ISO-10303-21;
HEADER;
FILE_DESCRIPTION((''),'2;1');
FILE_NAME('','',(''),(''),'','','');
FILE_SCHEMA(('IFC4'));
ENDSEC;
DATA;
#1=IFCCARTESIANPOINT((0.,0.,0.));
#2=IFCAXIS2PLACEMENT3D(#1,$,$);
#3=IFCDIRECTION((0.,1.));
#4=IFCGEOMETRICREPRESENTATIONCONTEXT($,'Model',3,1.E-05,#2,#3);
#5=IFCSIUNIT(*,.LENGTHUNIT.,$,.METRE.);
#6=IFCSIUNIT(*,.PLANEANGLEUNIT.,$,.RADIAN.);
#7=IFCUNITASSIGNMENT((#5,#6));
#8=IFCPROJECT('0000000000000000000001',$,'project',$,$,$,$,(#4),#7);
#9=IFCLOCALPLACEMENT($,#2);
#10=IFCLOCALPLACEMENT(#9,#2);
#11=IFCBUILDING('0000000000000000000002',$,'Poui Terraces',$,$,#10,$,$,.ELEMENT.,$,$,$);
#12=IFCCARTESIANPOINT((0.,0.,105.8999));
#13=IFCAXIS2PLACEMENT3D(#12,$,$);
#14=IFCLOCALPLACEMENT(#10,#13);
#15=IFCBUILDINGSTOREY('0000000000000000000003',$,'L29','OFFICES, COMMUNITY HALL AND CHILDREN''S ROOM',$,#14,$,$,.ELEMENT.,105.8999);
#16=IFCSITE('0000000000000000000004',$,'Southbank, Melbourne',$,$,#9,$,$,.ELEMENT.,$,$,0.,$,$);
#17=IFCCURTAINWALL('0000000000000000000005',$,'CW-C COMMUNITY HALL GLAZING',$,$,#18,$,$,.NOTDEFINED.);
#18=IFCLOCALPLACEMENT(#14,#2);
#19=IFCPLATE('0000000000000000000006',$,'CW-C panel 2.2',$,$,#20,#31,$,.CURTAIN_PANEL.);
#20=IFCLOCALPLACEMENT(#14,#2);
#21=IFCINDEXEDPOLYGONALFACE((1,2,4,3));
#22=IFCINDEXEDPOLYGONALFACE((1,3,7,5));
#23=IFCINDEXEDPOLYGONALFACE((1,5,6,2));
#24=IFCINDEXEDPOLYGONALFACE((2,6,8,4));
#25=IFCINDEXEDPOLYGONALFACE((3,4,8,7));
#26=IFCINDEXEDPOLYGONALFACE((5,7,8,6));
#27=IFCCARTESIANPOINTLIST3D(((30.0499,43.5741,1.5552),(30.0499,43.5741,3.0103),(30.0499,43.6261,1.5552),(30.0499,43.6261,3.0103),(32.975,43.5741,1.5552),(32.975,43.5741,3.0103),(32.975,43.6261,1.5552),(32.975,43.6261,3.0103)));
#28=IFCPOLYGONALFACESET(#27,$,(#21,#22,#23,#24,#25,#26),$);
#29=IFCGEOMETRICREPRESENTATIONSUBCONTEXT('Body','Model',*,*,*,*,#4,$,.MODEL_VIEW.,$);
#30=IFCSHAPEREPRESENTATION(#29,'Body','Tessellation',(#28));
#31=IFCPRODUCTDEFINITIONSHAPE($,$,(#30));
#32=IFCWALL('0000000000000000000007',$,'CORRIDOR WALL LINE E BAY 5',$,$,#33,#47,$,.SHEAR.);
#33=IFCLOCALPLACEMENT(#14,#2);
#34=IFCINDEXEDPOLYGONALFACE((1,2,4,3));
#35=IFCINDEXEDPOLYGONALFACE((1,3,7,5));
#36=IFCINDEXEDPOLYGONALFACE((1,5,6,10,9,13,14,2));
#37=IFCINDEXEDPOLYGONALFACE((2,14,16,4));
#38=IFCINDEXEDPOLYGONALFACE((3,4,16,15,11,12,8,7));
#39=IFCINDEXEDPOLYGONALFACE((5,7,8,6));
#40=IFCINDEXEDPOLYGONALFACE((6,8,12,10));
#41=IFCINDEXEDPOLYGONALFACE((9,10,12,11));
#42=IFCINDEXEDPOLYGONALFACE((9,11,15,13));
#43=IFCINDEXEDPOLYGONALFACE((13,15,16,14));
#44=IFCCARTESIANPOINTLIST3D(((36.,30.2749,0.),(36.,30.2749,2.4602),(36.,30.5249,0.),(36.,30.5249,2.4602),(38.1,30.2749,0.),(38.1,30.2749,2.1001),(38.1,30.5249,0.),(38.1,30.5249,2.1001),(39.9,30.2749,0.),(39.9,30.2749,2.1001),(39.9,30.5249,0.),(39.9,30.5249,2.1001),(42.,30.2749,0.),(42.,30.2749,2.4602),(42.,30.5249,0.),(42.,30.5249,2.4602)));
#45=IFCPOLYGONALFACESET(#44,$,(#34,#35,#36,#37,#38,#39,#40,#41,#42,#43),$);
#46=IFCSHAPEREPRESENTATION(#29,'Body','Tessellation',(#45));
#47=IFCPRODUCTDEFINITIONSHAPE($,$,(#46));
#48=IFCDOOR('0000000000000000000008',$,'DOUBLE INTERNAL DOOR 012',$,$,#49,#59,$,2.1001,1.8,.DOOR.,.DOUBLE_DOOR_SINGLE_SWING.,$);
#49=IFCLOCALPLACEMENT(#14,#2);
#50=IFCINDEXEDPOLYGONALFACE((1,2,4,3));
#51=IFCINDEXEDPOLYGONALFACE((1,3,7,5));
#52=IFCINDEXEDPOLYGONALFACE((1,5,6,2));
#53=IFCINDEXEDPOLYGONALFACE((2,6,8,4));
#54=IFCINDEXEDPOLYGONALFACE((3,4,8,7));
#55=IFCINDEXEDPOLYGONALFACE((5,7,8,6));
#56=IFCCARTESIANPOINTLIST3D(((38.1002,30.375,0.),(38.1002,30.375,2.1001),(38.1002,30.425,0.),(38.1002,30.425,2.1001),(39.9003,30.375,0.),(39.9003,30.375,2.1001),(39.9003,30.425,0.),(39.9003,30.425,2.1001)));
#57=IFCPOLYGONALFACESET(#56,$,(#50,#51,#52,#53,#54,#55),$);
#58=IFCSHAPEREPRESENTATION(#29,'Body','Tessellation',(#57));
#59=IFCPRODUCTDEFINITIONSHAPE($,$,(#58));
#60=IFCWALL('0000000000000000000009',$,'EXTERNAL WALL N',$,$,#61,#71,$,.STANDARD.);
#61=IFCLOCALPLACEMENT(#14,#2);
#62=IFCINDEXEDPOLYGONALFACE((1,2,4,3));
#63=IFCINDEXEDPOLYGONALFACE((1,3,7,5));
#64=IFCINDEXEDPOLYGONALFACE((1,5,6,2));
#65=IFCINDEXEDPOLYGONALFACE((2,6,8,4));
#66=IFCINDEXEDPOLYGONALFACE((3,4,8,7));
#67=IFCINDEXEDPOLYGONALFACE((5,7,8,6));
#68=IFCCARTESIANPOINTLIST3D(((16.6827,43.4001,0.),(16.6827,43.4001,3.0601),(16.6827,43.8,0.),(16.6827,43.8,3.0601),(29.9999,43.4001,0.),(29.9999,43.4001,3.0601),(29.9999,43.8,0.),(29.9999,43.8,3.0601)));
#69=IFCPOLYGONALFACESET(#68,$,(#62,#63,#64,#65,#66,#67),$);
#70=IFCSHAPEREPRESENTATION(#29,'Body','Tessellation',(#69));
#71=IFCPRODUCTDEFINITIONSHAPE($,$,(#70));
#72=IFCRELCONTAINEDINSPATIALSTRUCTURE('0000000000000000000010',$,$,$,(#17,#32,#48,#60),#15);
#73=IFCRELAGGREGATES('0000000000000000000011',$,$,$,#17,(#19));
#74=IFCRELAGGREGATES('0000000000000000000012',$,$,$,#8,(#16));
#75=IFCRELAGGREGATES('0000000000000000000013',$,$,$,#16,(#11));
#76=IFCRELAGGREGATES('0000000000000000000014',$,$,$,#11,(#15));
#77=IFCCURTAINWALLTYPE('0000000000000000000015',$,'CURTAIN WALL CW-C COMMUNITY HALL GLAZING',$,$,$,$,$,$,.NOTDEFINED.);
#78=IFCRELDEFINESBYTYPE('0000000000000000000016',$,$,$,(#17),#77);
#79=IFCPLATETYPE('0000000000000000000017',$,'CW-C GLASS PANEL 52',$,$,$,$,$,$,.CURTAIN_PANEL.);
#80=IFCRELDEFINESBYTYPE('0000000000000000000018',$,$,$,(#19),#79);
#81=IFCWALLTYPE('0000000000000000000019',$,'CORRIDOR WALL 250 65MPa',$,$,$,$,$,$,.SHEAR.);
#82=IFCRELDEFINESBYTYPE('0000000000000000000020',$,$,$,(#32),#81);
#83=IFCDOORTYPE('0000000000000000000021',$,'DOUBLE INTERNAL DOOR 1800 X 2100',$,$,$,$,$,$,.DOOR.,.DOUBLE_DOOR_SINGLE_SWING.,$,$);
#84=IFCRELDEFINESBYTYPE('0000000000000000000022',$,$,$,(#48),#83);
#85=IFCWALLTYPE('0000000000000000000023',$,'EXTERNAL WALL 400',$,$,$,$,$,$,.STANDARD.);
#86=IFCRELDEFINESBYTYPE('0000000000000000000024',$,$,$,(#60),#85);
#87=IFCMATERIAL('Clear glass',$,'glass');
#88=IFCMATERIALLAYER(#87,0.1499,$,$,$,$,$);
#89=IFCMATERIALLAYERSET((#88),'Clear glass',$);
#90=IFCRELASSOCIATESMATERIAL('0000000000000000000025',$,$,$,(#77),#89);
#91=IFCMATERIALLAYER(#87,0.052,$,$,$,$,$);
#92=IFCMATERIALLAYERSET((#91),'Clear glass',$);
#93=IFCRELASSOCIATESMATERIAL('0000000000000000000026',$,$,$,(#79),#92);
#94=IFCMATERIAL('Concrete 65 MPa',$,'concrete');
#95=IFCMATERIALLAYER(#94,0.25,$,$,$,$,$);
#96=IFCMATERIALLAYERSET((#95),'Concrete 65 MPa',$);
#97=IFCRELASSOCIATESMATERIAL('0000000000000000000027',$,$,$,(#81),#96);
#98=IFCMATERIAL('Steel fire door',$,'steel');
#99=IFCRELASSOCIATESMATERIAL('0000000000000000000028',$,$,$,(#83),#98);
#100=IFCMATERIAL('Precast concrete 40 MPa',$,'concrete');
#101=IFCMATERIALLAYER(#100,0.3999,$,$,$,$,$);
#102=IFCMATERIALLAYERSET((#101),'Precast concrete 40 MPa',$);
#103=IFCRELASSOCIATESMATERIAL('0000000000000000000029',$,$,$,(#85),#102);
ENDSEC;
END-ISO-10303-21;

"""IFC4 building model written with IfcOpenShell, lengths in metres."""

from ifc_helpers import new_model, si_unit, direction, frame, frame_2d, origin, origin_2d, place, context, subcontext, project, spatial, rectangle, extrude, material, layer, layer_set, type_object, element, fill, aggregate, save


model = new_model("IFC4")

# Units and contexts
model_context = context("Model", 3, precision=1e-05, world=origin(), true_north=direction((0.0, 1.0)))
body_context = subcontext(model_context, "Body", "Model", "MODEL_VIEW")
ifc_project = project(units=[si_unit("LENGTHUNIT", "METRE"), si_unit("PLANEANGLEUNIT", "RADIAN")], contexts=[model_context])

# Site, building, storey
site_placement = place(None, origin())
site = spatial("IfcSite", under=ifc_project, at=site_placement, Name="Southbank, Melbourne", CompositionType="ELEMENT", RefElevation=0.0)
building_placement = place(site_placement, origin())
building = spatial("IfcBuilding", under=site, at=building_placement, Name="Poui Terraces", CompositionType="ELEMENT")
storey_placement = place(building_placement, frame((0.0, 0.0, 105.8999)))
storey = spatial("IfcBuildingStorey", under=building, at=storey_placement, Name="L29", Description="OFFICES, COMMUNITY HALL AND CHILDREN'S ROOM", CompositionType="ELEMENT", Elevation=105.8999)

# Curtain wall
ifc_material_1 = material(Name="Clear glass", Category="glass")
ifc_layer_1 = layer(ifc_material_1, 0.1499)
ifc_layer_set_1 = layer_set([ifc_layer_1], Name="Clear glass")
curtain_wall_type = type_object("IfcCurtainWallType", Name="CURTAIN WALL CW-C COMMUNITY HALL GLAZING", PredefinedType="NOTDEFINED", material=ifc_layer_set_1)
curtain_wall_placement = place(storey_placement, origin())
curtain_wall = element("IfcCurtainWall", 1, at=curtain_wall_placement, inside=storey, type_object=curtain_wall_type, Name="CW-C COMMUNITY HALL GLAZING", PredefinedType="NOTDEFINED")

# Shared definitions
ifc_material_2 = material(Name="Concrete 65 MPa", Category="concrete")

# Plate
ifc_layer_2 = layer(ifc_material_1, 0.052)
ifc_layer_set_2 = layer_set([ifc_layer_2], Name="Clear glass")
plate_type = type_object("IfcPlateType", Name="CW-C GLASS PANEL 52", PredefinedType="CURTAIN_PANEL", material=ifc_layer_set_2)
plate_1_placement = place(storey_placement, frame((31.5125, 43.6001, 1.5552), z_axis=(0.0, 0.0, 1.0), x_axis=(-1.0, 0.0, 0.0)))
plate_1 = element("IfcPlate", 2, at=plate_1_placement, type_object=plate_type, Name="CW-C panel 2.2", PredefinedType="CURTAIN_PANEL", context=body_context, shape_type="SweptSolid", body=[
    extrude(rectangle(XDim=2.925, YDim=0.052, at=origin_2d()), origin(), (0.0, 0.0, 1.0), 1.4551),
])
aggregate(curtain_wall, [plate_1])

# Wall, opening, door
ifc_layer_3 = layer(ifc_material_2, 0.25)
ifc_layer_set_3 = layer_set([ifc_layer_3], Name="Concrete 65 MPa")
wall_type_1 = type_object("IfcWallType", Name="CORRIDOR WALL 250 65MPa", PredefinedType="SHEAR", material=ifc_layer_set_3)
wall_1_placement = place(storey_placement, frame((36.0, 30.3999, 0.0), z_axis=(0.0, 0.0, 1.0), x_axis=(1.0, 0.0, 0.0)))
wall_1 = element("IfcWall", 3, at=wall_1_placement, inside=storey, type_object=wall_type_1, Name="CORRIDOR WALL LINE E BAY 5", PredefinedType="SHEAR", context=body_context, shape_type="SweptSolid", body=[
    extrude(rectangle(XDim=6.0, YDim=0.25, at=frame_2d((3.0, 0.0))), origin(), (0.0, 0.0, 1.0), 2.4602),
])
opening_placement = place(wall_1_placement, frame((2.1001, 0.0, 0.0)))
opening = element("IfcOpeningElement", 4, at=opening_placement, cuts=wall_1, PredefinedType="OPENING", context=body_context, shape_type="SweptSolid", body=[
    extrude(rectangle(XDim=1.8, YDim=2.1001, at=frame_2d((0.8999, 1.05))), frame((0.0, 0.135, 0.0), z_axis=(0.0, -1.0, 0.0), x_axis=(1.0, 0.0, 0.0)), (0.0, 0.0, 1.0), 0.27),
])
ifc_material_3 = material(Name="Steel fire door", Category="steel")
door_type = type_object("IfcDoorType", Name="DOUBLE INTERNAL DOOR 1800 X 2100", OperationType="DOUBLE_DOOR_SINGLE_SWING", PredefinedType="DOOR", material=ifc_material_3)
door_placement = place(opening_placement, frame((1.8, 0.0, 0.0), z_axis=(0.0, 0.0, 1.0), x_axis=(-1.0, 0.0, 0.0)))
door = element("IfcDoor", 5, at=door_placement, inside=storey, type_object=door_type, Name="DOUBLE INTERNAL DOOR 012", OperationType="DOUBLE_DOOR_SINGLE_SWING", OverallHeight=2.1001, OverallWidth=1.8, PredefinedType="DOOR", context=body_context, shape_type="SweptSolid", body=[
    extrude(rectangle(XDim=1.8, YDim=2.1001, at=frame_2d((0.8999, 1.05))), frame((0.0, 0.0249, 0.0), z_axis=(0.0, -1.0, 0.0), x_axis=(1.0, 0.0, 0.0)), (0.0, 0.0, 1.0), 0.05),
])
fill(opening, door)

# Wall
ifc_material_4 = material(Name="Precast concrete 40 MPa", Category="concrete")
ifc_layer_4 = layer(ifc_material_4, 0.3999)
ifc_layer_set_4 = layer_set([ifc_layer_4], Name="Precast concrete 40 MPa")
wall_type_2 = type_object("IfcWallType", Name="EXTERNAL WALL 400", PredefinedType="STANDARD", material=ifc_layer_set_4)
wall_2_placement = place(storey_placement, frame((30.0, 43.6001, 0.0), z_axis=(0.0, 0.0, 1.0), x_axis=(-1.0, 0.0, 0.0)))
element("IfcWall", 6, at=wall_2_placement, inside=storey, type_object=wall_type_2, Name="EXTERNAL WALL N", PredefinedType="STANDARD", context=body_context, shape_type="SweptSolid", body=[
    extrude(rectangle(XDim=13.3171, YDim=0.3999, at=frame_2d((6.6587, 0.0))), origin(), (0.0, 0.0, 1.0), 3.0601),
])

save(model, "model.ifc")
